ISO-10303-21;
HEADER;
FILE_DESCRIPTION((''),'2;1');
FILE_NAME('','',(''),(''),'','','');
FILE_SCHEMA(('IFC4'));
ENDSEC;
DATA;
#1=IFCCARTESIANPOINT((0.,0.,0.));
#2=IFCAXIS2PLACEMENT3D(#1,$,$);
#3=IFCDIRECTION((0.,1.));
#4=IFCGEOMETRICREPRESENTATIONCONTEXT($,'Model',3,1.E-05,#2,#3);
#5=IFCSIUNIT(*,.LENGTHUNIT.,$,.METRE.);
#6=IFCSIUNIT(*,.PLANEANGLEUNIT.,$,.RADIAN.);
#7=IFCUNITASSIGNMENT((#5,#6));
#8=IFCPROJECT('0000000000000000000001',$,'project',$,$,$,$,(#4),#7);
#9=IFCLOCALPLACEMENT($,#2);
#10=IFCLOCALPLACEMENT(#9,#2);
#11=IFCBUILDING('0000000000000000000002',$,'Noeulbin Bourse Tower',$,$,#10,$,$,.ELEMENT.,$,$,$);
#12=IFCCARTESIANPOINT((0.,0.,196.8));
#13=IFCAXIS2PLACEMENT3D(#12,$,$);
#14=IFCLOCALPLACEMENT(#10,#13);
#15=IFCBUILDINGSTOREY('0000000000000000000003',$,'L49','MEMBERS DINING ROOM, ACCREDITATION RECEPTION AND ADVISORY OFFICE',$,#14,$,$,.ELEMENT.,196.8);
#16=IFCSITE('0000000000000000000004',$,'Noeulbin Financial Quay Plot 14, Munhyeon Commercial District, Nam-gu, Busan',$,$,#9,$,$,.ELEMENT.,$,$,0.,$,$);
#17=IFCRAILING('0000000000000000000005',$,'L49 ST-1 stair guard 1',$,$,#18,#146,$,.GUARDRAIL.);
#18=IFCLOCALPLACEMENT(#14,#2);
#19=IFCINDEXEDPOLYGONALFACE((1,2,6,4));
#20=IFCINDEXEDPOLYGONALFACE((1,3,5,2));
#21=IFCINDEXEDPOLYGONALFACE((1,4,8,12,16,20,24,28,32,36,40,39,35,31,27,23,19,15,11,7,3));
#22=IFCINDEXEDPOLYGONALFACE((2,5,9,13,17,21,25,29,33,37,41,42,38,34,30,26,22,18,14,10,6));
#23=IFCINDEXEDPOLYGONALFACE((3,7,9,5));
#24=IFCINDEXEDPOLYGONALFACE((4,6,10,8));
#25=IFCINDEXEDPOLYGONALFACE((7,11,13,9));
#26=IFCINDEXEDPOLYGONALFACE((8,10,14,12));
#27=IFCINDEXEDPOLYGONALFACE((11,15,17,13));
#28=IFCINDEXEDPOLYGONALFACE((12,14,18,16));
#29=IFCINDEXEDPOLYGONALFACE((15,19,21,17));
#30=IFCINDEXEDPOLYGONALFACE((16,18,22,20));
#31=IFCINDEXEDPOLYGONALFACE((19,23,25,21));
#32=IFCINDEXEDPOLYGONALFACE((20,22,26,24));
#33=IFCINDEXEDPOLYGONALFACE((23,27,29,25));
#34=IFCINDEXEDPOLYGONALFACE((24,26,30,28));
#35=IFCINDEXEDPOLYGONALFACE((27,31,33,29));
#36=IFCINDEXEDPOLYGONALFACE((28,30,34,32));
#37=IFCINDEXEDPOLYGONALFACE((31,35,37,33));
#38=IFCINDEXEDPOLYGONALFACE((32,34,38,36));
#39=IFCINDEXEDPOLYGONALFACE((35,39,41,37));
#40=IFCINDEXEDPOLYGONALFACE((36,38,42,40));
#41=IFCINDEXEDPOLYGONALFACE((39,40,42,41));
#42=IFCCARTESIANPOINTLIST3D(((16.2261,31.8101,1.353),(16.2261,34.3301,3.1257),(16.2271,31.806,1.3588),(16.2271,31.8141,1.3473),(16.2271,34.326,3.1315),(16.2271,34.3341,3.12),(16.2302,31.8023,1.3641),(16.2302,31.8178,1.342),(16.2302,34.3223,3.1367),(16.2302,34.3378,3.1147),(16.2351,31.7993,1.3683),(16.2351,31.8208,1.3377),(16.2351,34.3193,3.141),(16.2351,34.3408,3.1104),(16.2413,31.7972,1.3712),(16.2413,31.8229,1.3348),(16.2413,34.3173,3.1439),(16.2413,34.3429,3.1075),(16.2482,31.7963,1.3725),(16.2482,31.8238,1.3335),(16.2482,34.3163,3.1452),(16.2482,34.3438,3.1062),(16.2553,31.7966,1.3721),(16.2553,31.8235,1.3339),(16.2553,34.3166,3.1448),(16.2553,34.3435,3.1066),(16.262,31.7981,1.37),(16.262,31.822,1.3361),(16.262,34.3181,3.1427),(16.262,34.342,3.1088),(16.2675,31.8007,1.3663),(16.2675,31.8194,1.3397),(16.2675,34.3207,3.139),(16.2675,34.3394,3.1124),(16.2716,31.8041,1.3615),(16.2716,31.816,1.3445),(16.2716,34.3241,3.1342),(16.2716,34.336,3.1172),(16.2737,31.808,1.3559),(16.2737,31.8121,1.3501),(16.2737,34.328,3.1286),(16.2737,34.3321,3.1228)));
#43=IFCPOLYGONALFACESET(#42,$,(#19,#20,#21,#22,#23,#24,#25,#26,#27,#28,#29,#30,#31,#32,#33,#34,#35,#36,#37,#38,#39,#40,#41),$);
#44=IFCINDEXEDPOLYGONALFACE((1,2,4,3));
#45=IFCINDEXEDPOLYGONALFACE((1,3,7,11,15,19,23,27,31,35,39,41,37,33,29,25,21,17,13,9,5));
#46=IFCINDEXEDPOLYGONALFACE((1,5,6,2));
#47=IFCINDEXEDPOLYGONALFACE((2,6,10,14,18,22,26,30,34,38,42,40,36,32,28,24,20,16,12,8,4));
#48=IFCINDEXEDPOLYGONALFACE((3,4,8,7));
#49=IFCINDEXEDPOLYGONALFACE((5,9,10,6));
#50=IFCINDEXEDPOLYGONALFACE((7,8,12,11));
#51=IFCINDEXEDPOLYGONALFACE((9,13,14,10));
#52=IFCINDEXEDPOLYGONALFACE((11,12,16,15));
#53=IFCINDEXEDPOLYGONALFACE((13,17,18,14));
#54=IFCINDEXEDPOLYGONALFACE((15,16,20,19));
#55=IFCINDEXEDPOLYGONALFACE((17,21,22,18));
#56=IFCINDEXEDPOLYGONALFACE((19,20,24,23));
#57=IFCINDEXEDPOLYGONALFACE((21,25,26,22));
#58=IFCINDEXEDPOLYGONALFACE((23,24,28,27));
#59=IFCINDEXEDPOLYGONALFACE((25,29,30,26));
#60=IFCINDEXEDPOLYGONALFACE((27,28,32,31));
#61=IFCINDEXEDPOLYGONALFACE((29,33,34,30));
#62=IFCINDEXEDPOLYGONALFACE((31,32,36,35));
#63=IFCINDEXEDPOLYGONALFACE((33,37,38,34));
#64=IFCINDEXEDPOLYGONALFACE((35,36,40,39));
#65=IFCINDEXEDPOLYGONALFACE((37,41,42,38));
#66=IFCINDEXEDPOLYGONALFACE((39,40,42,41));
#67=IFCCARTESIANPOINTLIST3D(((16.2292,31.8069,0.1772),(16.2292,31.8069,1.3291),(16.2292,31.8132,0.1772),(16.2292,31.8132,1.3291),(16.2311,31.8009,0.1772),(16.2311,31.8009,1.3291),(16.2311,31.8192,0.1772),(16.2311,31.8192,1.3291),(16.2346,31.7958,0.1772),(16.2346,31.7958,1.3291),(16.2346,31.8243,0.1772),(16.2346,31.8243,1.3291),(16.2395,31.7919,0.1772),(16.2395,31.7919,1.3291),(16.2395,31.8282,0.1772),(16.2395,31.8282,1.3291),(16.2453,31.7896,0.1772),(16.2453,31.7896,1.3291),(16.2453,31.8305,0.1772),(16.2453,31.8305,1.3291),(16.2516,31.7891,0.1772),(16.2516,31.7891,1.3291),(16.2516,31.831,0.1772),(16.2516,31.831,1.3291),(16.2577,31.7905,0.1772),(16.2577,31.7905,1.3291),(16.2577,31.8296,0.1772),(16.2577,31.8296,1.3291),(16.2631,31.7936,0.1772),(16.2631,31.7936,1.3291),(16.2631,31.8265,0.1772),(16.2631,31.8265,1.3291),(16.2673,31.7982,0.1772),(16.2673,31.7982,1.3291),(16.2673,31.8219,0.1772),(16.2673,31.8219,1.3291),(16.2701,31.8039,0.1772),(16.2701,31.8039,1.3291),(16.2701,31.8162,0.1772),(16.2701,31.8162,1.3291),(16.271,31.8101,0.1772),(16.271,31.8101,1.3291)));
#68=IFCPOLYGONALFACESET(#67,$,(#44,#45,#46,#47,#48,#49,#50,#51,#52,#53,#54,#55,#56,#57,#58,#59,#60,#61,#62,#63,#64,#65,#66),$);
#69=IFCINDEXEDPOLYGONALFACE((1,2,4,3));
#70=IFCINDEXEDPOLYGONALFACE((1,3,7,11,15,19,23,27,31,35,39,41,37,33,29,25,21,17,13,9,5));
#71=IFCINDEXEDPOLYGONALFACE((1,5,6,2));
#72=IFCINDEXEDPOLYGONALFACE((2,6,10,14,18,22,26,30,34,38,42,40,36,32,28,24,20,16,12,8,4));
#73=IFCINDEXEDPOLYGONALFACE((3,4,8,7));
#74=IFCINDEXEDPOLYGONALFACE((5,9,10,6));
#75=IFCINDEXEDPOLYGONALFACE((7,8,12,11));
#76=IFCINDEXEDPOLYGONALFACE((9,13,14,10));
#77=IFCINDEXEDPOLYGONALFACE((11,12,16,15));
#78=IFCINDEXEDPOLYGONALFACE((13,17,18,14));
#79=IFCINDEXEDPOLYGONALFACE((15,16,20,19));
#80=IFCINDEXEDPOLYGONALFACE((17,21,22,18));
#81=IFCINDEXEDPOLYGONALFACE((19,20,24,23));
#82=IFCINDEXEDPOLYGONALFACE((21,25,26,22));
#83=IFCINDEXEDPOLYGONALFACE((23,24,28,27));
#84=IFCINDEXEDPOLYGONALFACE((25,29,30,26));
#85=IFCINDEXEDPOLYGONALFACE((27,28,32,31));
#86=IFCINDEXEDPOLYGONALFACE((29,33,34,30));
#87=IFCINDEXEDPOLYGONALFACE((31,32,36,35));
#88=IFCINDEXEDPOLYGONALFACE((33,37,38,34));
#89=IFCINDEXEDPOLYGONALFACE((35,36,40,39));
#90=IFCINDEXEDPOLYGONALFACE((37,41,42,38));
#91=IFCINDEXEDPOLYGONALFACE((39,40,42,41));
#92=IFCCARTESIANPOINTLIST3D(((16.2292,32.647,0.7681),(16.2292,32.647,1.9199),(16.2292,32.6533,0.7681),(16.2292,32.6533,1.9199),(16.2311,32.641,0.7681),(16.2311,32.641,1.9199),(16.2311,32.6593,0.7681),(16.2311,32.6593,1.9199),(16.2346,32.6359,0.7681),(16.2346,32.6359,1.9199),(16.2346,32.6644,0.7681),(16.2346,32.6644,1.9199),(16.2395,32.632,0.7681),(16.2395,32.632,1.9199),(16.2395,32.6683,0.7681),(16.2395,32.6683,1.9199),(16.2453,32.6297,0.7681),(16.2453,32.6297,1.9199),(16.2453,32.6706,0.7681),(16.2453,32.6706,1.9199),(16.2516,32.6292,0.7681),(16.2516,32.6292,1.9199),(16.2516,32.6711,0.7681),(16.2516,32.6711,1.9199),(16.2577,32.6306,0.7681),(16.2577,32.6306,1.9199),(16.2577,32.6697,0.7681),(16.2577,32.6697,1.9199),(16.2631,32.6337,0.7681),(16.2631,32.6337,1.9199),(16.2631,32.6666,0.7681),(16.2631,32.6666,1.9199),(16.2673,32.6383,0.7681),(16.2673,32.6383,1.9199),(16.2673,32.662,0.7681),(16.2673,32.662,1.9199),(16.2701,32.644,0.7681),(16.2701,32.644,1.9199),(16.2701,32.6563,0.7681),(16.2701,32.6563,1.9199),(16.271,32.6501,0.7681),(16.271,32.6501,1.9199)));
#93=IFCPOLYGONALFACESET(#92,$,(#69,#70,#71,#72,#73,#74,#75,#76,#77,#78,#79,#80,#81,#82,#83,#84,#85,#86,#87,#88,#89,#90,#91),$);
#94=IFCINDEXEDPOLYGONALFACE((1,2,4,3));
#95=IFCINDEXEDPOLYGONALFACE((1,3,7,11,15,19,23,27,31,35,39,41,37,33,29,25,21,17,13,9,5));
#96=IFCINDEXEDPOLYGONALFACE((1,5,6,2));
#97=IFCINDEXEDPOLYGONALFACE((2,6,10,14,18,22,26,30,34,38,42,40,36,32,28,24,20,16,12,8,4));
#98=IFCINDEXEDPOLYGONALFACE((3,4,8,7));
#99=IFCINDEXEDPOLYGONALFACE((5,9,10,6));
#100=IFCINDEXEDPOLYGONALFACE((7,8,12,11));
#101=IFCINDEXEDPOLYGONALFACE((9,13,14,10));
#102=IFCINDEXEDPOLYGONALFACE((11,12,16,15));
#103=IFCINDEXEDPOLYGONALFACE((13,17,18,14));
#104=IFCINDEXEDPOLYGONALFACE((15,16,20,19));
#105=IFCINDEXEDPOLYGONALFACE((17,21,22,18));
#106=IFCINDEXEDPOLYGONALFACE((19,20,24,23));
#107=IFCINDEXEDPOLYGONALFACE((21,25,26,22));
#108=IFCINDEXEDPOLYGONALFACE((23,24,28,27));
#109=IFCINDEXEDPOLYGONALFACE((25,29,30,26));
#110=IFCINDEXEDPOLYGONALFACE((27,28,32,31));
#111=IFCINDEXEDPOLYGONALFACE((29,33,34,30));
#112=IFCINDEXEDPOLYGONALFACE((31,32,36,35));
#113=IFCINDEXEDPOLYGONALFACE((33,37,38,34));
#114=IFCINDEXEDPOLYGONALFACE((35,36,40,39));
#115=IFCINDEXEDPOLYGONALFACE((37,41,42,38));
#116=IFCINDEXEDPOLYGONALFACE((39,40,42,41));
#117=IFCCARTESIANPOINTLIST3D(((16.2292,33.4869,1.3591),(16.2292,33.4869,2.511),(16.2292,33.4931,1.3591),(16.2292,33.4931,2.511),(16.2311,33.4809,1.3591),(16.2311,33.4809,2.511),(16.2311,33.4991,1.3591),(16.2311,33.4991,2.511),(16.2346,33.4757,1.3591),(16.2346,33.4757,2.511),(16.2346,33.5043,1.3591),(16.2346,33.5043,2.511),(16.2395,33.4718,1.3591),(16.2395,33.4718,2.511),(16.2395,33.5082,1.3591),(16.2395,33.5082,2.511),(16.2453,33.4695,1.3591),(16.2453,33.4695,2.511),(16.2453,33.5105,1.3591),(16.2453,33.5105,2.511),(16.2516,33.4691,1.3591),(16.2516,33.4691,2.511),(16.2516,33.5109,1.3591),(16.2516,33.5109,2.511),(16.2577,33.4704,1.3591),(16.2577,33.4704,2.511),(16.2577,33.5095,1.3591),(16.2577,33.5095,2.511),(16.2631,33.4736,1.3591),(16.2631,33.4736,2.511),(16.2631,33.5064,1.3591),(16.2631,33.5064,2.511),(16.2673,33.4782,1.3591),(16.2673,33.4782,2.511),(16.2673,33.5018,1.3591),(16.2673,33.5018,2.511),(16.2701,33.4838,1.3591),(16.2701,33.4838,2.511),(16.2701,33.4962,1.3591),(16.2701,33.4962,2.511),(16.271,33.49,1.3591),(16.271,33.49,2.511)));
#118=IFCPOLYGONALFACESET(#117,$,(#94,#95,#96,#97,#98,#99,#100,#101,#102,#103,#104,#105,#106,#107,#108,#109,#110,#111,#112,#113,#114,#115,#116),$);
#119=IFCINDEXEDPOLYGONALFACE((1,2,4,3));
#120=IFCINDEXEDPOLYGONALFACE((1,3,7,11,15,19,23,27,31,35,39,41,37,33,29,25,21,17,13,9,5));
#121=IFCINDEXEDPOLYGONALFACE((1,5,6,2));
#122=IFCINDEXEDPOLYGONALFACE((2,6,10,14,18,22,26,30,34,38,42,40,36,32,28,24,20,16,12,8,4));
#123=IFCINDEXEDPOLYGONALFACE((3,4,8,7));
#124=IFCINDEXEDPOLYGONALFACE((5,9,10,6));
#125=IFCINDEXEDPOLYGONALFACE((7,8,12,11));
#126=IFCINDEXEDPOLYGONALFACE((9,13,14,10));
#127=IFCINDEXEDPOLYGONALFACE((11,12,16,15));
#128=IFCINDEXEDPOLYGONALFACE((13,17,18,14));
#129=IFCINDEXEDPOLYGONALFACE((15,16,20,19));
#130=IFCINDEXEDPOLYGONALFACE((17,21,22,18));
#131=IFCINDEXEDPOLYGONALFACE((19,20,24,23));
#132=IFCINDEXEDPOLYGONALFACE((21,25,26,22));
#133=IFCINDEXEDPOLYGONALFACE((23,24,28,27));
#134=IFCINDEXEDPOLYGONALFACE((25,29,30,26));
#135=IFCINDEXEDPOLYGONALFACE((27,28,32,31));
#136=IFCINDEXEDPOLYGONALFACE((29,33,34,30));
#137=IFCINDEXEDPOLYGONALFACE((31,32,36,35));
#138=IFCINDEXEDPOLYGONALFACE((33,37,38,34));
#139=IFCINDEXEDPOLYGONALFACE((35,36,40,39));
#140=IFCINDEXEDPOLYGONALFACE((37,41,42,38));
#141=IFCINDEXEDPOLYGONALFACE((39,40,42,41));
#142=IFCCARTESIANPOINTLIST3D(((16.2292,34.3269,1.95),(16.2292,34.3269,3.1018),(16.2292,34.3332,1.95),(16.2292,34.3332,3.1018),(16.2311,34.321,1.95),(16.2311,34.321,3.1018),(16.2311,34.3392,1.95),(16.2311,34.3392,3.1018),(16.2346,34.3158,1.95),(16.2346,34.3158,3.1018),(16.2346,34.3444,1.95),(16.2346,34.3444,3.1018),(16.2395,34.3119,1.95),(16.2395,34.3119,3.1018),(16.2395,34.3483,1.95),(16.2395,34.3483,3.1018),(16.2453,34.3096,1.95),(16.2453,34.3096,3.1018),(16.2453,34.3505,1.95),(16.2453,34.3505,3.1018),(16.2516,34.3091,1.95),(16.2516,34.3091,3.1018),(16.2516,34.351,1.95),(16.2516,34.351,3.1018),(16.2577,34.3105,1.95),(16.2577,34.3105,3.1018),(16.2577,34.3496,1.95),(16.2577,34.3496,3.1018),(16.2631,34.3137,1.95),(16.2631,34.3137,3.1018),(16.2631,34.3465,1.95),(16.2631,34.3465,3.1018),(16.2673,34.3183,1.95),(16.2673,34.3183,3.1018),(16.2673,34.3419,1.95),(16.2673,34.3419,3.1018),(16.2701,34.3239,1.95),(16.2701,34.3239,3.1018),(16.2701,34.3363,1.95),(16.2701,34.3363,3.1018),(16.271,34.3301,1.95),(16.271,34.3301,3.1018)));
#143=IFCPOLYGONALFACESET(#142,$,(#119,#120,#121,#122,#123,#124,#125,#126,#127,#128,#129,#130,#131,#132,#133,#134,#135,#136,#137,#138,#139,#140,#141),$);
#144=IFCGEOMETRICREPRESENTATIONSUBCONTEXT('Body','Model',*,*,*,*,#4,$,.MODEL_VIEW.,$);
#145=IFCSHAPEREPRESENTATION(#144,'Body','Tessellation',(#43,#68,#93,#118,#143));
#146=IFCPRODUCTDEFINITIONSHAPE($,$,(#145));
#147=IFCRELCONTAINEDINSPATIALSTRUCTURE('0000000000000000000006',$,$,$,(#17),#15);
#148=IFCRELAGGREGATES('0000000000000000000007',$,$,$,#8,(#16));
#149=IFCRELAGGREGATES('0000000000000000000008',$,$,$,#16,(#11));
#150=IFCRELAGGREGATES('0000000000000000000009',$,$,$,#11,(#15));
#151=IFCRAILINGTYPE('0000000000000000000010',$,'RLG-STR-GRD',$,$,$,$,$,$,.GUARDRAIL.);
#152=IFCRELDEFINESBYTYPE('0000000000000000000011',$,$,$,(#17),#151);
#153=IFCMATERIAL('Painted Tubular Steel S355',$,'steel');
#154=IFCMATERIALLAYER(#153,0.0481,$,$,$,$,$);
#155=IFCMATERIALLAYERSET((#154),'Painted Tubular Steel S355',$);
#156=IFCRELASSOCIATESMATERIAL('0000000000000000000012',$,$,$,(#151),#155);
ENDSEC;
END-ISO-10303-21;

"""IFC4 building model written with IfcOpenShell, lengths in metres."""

from ifc_helpers import new_model, si_unit, direction, frame, origin, origin_2d, place, context, subcontext, project, spatial, circle, extrude, material, layer, layer_set, type_object, element, save


model = new_model("IFC4")

# Units and contexts
model_context = context("Model", 3, precision=1e-05, world=origin(), true_north=direction((0.0, 1.0)))
body_context = subcontext(model_context, "Body", "Model", "MODEL_VIEW")
ifc_project = project(units=[si_unit("LENGTHUNIT", "METRE"), si_unit("PLANEANGLEUNIT", "RADIAN")], contexts=[model_context])

# Site, building, storey
site_placement = place(None, origin())
site = spatial("IfcSite", under=ifc_project, at=site_placement, Name="Noeulbin Financial Quay Plot 14, Munhyeon Commercial District, Nam-gu, Busan", CompositionType="ELEMENT", RefElevation=0.0)
building_placement = place(site_placement, origin())
building = spatial("IfcBuilding", under=site, at=building_placement, Name="Noeulbin Bourse Tower", CompositionType="ELEMENT")
storey_placement = place(building_placement, frame((0.0, 0.0, 196.8)))
storey = spatial("IfcBuildingStorey", under=building, at=storey_placement, Name="L49", Description="MEMBERS DINING ROOM, ACCREDITATION RECEPTION AND ADVISORY OFFICE", CompositionType="ELEMENT", Elevation=196.8)

# Railing
ifc_material_1 = material(Name="Painted Tubular Steel S355", Category="steel")
ifc_layer_1 = layer(ifc_material_1, 0.0481)
ifc_layer_set_1 = layer_set([ifc_layer_1], Name="Painted Tubular Steel S355")
railing_type_1 = type_object("IfcRailingType", Name="RLG-STR-GRD", PredefinedType="GUARDRAIL", material=ifc_layer_set_1)
railing_1_placement = place(storey_placement, frame((16.25, 31.8101, 0.1772)))
element("IfcRailing", 1, at=railing_1_placement, inside=storey, type_object=railing_type_1, Name="L49 ST-1 stair guard 1", PredefinedType="GUARDRAIL", context=body_context, shape_type="SweptSolid", body=[
    extrude(circle(Radius=0.0239, at=origin_2d()), frame((0.0, 0.0, 1.1758), z_axis=(0.0, 0.817904, 0.575354), x_axis=(-1.0, 0.0, 0.0)), (0.0, 0.0, 1.0), 3.0811),
    extrude(circle(Radius=0.021, at=origin_2d()), origin(), (0.0, 0.0, 1.0), 1.1519),
    extrude(circle(Radius=0.021, at=origin_2d()), frame((0.0, 0.8401, 0.5908)), (0.0, 0.0, 1.0), 1.1519),
    extrude(circle(Radius=0.021, at=origin_2d()), frame((0.0, 1.6799, 1.1819)), (0.0, 0.0, 1.0), 1.1519),
    extrude(circle(Radius=0.021, at=origin_2d()), frame((0.0, 2.52, 1.7727)), (0.0, 0.0, 1.0), 1.1519),
])

save(model, "model.ifc")
